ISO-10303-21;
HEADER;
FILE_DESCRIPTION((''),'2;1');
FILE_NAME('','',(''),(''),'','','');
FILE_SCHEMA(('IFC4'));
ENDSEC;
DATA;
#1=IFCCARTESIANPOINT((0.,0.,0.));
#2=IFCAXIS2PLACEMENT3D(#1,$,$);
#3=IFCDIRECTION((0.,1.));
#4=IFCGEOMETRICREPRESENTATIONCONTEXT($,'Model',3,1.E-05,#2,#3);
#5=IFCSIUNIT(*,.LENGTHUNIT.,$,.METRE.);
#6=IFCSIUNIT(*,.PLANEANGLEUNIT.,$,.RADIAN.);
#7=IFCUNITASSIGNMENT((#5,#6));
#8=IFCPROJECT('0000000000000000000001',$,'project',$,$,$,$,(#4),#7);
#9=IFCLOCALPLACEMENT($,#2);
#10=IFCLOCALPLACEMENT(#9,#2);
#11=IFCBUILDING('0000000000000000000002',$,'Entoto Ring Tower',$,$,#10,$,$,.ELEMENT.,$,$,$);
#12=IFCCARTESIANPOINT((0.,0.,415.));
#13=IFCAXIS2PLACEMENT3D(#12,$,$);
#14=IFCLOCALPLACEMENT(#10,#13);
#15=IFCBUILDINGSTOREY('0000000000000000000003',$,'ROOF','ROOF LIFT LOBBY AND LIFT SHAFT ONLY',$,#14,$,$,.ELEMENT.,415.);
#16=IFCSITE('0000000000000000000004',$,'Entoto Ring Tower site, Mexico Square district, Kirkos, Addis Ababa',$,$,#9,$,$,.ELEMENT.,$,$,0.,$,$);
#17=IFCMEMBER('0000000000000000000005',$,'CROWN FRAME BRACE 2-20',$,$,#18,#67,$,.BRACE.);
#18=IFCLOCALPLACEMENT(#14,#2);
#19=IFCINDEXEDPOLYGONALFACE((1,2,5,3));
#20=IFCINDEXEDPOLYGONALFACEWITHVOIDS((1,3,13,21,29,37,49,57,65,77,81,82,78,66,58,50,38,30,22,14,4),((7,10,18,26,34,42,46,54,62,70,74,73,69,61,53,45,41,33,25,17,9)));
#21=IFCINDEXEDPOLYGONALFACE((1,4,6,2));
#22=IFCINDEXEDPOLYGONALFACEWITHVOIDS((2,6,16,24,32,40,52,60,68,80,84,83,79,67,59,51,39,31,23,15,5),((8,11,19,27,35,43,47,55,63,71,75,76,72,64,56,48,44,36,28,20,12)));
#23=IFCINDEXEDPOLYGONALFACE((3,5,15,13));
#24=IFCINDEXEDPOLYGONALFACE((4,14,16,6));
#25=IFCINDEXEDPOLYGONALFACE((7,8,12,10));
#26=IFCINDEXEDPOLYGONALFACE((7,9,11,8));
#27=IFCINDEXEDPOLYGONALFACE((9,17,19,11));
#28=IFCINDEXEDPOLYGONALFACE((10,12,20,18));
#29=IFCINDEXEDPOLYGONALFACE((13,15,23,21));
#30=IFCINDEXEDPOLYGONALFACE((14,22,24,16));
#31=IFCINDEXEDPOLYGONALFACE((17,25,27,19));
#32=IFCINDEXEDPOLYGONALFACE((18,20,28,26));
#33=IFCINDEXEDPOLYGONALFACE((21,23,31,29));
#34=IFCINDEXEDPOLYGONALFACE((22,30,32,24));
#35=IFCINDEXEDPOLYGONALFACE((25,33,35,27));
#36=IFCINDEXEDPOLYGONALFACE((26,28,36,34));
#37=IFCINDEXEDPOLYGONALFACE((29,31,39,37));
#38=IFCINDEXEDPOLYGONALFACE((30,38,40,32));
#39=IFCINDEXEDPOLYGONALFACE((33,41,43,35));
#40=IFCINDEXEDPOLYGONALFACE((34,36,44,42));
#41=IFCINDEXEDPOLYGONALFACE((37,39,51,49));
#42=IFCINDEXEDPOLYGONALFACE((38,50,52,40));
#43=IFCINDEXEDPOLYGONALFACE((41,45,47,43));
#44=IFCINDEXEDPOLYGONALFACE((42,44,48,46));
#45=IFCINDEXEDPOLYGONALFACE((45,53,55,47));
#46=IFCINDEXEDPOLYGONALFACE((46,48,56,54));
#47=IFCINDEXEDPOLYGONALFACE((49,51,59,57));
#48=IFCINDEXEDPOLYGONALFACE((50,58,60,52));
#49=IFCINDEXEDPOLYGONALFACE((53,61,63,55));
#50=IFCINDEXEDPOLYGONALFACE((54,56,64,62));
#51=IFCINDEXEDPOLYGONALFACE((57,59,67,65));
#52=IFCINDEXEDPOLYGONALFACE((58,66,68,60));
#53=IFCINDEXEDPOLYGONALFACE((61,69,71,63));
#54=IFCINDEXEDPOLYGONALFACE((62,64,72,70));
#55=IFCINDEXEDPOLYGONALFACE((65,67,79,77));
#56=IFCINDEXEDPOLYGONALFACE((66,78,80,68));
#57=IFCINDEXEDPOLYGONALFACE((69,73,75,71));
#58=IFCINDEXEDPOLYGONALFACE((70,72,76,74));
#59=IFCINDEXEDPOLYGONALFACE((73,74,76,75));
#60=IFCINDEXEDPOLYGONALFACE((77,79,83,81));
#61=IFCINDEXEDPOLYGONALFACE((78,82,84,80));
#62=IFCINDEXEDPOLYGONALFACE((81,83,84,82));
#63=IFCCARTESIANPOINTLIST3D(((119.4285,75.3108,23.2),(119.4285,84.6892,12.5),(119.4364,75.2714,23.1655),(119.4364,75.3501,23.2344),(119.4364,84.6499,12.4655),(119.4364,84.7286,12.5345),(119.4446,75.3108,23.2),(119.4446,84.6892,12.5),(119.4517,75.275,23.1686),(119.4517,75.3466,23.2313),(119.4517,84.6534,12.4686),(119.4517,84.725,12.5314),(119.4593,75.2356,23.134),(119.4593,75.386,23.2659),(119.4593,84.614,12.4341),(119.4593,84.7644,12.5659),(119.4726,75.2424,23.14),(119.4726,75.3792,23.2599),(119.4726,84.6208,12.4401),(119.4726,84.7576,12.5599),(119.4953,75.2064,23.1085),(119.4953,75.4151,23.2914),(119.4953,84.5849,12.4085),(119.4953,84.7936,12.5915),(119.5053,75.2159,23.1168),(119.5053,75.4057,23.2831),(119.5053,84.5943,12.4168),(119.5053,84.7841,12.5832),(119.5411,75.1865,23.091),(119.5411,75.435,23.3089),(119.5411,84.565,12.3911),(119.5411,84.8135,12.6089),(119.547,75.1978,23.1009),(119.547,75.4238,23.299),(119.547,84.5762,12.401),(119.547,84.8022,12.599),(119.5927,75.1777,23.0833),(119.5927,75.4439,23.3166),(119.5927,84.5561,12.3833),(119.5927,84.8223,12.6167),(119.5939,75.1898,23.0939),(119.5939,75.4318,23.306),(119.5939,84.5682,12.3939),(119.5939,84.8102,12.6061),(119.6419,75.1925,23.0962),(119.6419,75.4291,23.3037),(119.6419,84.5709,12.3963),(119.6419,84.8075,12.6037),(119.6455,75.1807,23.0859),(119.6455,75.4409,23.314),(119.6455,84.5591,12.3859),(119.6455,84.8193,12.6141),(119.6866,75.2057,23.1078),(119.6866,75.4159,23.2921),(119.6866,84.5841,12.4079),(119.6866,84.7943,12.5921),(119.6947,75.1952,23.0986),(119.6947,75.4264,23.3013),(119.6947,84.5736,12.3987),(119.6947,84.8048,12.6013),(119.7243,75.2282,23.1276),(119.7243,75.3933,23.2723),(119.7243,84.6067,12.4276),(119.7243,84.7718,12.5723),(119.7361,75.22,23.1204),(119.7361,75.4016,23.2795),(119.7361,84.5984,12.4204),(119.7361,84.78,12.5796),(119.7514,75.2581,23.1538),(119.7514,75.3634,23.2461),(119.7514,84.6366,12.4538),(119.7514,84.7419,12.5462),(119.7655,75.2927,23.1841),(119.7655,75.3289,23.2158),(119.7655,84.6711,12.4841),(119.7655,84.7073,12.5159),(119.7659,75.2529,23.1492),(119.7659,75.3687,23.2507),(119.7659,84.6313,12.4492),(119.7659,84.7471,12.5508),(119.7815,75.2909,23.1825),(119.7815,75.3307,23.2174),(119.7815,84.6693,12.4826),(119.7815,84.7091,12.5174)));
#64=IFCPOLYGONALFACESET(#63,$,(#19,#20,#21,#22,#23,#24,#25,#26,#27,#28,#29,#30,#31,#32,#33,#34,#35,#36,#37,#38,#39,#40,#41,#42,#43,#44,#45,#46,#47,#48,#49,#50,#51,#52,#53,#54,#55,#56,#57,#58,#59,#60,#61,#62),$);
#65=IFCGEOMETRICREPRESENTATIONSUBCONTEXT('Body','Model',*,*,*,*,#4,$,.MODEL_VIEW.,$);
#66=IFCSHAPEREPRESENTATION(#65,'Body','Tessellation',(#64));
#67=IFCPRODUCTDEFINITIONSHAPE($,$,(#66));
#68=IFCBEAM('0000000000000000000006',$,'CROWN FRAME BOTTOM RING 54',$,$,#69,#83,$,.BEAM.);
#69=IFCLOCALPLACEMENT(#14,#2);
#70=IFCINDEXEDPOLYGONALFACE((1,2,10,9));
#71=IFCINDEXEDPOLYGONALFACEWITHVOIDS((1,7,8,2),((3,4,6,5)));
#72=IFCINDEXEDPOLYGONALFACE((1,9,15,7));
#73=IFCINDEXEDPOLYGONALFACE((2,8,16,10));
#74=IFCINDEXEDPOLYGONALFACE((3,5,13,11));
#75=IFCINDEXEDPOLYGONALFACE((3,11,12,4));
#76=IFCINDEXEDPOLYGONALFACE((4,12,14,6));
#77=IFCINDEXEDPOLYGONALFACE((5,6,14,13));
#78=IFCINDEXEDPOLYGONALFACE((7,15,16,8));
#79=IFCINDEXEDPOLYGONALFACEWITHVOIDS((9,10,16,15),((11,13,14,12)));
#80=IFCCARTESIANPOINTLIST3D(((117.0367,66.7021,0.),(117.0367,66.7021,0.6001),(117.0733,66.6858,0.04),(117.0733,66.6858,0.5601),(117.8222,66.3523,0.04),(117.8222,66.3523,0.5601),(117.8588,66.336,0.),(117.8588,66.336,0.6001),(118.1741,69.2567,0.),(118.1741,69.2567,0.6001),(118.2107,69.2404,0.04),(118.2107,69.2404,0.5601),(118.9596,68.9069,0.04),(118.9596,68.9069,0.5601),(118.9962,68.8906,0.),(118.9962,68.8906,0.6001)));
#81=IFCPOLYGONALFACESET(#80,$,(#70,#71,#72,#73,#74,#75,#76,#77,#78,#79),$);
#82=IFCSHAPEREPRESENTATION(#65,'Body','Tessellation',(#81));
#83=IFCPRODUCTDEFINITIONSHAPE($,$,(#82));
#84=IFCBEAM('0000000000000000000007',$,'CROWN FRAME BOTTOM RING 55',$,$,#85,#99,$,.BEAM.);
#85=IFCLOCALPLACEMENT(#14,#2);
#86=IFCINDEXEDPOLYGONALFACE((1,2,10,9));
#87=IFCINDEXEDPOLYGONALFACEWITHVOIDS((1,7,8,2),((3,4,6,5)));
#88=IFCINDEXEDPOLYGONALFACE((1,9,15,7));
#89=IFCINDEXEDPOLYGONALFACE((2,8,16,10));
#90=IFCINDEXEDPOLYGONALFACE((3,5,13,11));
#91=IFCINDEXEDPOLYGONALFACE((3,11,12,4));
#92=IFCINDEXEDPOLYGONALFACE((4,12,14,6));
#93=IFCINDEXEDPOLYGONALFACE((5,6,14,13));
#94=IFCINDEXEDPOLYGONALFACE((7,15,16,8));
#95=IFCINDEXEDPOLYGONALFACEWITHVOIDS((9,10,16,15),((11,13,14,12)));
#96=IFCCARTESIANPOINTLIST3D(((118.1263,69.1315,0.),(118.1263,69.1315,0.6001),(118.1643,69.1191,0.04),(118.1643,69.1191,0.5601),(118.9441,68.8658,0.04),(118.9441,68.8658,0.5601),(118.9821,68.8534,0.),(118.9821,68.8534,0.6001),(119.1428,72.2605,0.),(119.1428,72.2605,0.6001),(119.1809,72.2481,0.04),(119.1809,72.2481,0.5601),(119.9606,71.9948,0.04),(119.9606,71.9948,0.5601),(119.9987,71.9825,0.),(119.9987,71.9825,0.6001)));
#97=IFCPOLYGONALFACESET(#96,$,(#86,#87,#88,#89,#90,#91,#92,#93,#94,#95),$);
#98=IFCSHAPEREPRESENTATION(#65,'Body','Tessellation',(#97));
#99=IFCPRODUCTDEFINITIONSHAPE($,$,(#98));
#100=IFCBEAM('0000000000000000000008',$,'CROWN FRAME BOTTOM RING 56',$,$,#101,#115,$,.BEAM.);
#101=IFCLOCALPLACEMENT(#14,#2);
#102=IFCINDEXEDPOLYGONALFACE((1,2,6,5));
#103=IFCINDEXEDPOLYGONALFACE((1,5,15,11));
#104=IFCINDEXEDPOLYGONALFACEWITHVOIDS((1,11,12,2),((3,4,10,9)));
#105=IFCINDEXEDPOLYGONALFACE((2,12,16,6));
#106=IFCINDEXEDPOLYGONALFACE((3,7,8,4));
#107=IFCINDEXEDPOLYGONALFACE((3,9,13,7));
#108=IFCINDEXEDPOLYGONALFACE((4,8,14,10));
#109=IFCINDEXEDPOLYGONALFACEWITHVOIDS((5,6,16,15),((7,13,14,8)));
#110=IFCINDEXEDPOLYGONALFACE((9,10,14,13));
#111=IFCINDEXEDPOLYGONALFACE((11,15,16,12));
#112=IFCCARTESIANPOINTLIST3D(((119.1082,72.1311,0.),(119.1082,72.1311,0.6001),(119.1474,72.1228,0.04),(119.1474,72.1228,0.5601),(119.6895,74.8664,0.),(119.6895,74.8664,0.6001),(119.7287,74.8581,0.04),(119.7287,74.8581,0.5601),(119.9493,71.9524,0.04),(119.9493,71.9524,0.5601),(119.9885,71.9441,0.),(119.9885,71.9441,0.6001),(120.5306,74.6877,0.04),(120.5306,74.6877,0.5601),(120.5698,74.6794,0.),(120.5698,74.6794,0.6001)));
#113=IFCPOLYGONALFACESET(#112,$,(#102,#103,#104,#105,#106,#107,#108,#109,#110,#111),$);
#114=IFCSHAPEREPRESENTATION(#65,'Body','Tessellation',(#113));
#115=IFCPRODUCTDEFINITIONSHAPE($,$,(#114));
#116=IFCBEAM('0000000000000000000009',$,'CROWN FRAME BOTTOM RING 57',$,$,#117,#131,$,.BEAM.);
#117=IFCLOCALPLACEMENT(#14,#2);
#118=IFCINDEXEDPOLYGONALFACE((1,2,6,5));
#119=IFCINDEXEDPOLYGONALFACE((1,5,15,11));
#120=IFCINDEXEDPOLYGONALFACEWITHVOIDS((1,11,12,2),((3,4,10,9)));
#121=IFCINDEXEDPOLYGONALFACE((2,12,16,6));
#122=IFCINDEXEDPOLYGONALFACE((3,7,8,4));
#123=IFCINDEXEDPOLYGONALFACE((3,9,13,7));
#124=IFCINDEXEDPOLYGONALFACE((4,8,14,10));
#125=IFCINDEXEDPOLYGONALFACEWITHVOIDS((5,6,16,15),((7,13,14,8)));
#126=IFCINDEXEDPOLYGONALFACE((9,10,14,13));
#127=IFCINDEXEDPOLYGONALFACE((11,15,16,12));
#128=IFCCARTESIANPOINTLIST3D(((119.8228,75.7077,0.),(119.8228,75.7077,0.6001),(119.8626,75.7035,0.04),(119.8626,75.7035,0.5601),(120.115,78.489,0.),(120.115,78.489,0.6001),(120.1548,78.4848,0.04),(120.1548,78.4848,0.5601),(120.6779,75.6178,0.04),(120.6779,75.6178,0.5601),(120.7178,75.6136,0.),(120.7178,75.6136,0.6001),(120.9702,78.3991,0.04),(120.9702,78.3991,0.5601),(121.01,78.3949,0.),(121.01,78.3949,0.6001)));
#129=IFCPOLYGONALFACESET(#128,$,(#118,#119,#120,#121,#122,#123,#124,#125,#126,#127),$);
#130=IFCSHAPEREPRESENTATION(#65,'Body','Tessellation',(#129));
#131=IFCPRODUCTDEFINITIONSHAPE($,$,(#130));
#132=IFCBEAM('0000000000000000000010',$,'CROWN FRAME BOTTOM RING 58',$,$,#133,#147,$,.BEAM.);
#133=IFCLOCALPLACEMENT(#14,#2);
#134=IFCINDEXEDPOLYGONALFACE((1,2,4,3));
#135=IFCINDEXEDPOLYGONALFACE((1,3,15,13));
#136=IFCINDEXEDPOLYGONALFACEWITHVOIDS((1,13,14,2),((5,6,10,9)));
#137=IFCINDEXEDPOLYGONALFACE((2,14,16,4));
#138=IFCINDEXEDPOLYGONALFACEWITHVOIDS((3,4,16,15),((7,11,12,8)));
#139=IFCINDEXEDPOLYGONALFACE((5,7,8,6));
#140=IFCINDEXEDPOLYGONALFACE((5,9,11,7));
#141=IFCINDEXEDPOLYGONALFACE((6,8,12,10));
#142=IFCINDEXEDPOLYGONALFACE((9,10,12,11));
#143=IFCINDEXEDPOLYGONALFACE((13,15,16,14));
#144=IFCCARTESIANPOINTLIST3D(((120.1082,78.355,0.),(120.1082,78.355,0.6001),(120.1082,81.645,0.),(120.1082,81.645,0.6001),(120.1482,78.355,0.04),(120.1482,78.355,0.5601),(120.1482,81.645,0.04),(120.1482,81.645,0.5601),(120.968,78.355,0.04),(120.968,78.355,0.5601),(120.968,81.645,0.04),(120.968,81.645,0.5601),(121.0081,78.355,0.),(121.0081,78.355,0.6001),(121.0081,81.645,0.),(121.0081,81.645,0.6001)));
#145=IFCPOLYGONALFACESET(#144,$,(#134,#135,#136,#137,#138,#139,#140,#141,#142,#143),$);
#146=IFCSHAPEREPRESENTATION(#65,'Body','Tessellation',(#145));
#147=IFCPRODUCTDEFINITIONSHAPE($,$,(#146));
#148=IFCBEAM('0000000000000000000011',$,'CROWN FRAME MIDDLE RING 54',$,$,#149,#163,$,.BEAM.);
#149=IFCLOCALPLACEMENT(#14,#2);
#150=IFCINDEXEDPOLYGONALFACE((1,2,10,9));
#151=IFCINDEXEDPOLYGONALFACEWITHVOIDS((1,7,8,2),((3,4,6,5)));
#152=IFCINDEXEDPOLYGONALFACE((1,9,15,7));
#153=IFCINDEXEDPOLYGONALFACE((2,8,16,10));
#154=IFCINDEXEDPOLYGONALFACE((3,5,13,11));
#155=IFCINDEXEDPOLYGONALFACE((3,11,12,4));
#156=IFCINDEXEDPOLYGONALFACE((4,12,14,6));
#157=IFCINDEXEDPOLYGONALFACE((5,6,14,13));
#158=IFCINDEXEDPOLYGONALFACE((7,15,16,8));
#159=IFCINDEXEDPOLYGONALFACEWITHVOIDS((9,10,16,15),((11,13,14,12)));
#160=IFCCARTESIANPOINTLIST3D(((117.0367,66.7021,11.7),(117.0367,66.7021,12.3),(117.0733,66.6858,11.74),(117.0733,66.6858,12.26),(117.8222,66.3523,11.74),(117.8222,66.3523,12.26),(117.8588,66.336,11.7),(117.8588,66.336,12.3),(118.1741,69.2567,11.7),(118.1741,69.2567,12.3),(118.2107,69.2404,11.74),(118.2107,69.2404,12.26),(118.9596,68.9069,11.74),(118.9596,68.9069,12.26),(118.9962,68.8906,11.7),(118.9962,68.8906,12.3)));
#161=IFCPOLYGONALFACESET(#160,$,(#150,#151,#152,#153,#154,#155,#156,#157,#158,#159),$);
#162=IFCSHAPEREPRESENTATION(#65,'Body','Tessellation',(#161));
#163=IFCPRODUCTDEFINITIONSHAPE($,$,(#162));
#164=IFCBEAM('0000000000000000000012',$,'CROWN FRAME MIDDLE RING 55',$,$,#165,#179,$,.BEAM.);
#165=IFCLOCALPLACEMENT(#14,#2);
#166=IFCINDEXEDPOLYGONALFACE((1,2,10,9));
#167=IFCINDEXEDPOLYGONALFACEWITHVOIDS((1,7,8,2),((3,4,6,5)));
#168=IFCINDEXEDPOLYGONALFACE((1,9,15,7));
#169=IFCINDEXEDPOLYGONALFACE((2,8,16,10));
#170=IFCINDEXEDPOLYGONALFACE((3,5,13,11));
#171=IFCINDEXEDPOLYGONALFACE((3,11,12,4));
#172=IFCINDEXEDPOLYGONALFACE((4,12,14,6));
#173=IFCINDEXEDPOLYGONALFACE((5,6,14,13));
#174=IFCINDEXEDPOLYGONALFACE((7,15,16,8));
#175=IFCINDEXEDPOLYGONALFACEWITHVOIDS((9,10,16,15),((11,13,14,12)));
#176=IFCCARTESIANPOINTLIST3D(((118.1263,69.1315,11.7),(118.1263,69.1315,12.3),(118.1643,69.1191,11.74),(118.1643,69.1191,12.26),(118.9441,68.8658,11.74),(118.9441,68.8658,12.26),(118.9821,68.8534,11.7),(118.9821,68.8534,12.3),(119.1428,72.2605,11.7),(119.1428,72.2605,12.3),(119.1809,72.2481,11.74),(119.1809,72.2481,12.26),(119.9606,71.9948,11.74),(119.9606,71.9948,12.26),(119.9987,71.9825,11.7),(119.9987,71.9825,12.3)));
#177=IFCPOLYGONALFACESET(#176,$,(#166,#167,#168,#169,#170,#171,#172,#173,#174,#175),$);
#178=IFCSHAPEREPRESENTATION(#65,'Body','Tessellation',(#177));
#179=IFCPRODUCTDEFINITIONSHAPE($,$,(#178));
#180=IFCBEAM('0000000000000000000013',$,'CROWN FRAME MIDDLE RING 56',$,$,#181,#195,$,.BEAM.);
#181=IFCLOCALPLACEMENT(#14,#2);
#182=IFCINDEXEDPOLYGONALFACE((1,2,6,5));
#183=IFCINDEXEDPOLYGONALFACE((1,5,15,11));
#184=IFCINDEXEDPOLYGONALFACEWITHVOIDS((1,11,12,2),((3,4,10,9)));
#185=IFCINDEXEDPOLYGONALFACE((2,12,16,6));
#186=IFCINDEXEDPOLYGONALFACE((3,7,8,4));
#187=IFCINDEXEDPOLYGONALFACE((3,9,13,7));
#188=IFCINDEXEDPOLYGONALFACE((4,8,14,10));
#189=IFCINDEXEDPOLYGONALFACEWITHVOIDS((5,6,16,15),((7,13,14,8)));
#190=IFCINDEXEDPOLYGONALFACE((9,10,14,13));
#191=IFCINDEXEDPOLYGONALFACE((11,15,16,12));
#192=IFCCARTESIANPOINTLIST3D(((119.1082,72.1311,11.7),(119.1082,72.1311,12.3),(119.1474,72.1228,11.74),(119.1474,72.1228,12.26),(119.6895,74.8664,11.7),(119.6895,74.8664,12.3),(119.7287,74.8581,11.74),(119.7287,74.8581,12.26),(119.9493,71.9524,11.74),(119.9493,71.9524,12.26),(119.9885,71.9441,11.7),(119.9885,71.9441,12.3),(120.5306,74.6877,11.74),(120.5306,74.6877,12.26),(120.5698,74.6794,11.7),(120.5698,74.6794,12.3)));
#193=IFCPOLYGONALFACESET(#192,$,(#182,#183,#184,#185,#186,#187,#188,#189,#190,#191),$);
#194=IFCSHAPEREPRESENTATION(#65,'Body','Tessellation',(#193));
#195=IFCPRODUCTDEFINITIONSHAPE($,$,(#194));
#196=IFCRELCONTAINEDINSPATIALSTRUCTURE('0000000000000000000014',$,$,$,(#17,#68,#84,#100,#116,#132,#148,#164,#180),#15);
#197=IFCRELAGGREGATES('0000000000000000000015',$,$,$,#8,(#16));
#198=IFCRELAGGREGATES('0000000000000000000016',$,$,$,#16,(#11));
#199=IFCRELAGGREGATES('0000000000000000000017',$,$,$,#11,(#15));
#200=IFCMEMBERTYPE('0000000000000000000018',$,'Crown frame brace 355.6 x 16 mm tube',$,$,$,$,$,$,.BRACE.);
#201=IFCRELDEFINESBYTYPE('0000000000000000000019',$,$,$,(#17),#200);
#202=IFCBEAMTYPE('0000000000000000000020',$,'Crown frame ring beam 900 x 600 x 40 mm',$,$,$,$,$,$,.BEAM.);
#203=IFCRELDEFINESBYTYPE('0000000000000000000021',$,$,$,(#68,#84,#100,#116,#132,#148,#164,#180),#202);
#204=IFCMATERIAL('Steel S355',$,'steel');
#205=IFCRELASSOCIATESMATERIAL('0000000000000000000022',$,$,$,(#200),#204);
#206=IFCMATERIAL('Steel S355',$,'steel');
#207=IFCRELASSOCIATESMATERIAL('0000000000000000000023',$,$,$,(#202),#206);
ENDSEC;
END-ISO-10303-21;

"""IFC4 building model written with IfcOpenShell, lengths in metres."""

from ifc_helpers import new_model, si_unit, direction, frame, origin, origin_2d, place, context, subcontext, project, spatial, hollow_rectangle, hollow_circle, extrude, material, material_profile, profile_set, type_object, element, save


model = new_model("IFC4")

# Units and contexts
model_context = context("Model", 3, precision=1e-05, world=origin(), true_north=direction((0.0, 1.0)))
body_context = subcontext(model_context, "Body", "Model", "MODEL_VIEW")
ifc_project = project(units=[si_unit("LENGTHUNIT", "METRE"), si_unit("PLANEANGLEUNIT", "RADIAN")], contexts=[model_context])

# Site, building, storey
site_placement = place(None, origin())
site = spatial("IfcSite", under=ifc_project, at=site_placement, Name="Entoto Ring Tower site, Mexico Square district, Kirkos, Addis Ababa", CompositionType="ELEMENT", RefElevation=0.0)
building_placement = place(site_placement, origin())
building = spatial("IfcBuilding", under=site, at=building_placement, Name="Entoto Ring Tower", CompositionType="ELEMENT")
storey_placement = place(building_placement, frame((0.0, 0.0, 415.0)))
storey = spatial("IfcBuildingStorey", under=building, at=storey_placement, Name="ROOF", Description="ROOF LIFT LOBBY AND LIFT SHAFT ONLY", CompositionType="ELEMENT", Elevation=415.0)

# Member
ifc_material_1 = material(Name="Steel S355", Category="steel")
ifc_material_profile_1 = material_profile(ifc_material_1, hollow_circle(Radius=0.1775, WallThickness=0.0161, at=origin_2d()), Name="Crown frame brace 355.6 x 16 mm tube")
ifc_profile_set_1 = profile_set([ifc_material_profile_1], Name="Steel S355")
member_type_1 = type_object("IfcMemberType", Name="Crown frame brace 355.6 x 16 mm tube", PredefinedType="BRACE", material=ifc_profile_set_1)
member_1_placement = place(storey_placement, frame((119.606, 75.3108, 23.2), z_axis=(0.0, 0.65914, -0.752021), x_axis=(-1.0, 0.0, 0.0)))
element("IfcMember", 1, at=member_1_placement, inside=storey, type_object=member_type_1, Name="CROWN FRAME BRACE 2-20", PredefinedType="BRACE", context=body_context, shape_type="SweptSolid", body=[
    extrude(hollow_circle(Radius=0.1775, WallThickness=0.0161, at=origin_2d()), origin(), (0.0, 0.0, 1.0), 14.2283),
])

# Beams
ifc_material_2 = material(Name="Steel S355", Category="steel")
ifc_material_profile_2 = material_profile(ifc_material_2, hollow_rectangle(XDim=0.8999, YDim=0.6001, WallThickness=0.04, at=origin_2d()), Name="Crown frame ring beam 900 x 600 x 40 mm")
ifc_profile_set_2 = profile_set([ifc_material_profile_2], Name="Steel S355")
beam_type_1 = type_object("IfcBeamType", Name="Crown frame ring beam 900 x 600 x 40 mm", PredefinedType="BEAM", material=ifc_profile_set_2)
beam_1_placement = place(storey_placement, frame((117.4478, 66.519, 0.3), z_axis=(0.406746, 0.913541, 0.0), x_axis=(-0.913541, 0.406746, 0.0)))
element("IfcBeam", 2, at=beam_1_placement, inside=storey, type_object=beam_type_1, Name="CROWN FRAME BOTTOM RING 54", PredefinedType="BEAM", context=body_context, shape_type="SweptSolid", body=[
    extrude(hollow_rectangle(XDim=0.8999, YDim=0.6001, WallThickness=0.04, at=origin_2d()), origin(), (0.0, 0.0, 1.0), 2.7964),
])
beam_2_placement = place(storey_placement, frame((118.5542, 68.9924, 0.3), z_axis=(0.308984, 0.951067, 0.0), x_axis=(-0.951067, 0.308984, 0.0)))
element("IfcBeam", 3, at=beam_2_placement, inside=storey, type_object=beam_type_1, Name="CROWN FRAME BOTTOM RING 55", PredefinedType="BEAM", context=body_context, shape_type="SweptSolid", body=[
    extrude(hollow_rectangle(XDim=0.8999, YDim=0.6001, WallThickness=0.04, at=origin_2d()), origin(), (0.0, 0.0, 1.0), 3.29),
])
beam_3_placement = place(storey_placement, frame((119.5483, 72.0376, 0.3), z_axis=(0.207871, 0.978156, 0.0), x_axis=(-0.978156, 0.207871, 0.0)))
element("IfcBeam", 4, at=beam_3_placement, inside=storey, type_object=beam_type_1, Name="CROWN FRAME BOTTOM RING 56", PredefinedType="BEAM", context=body_context, shape_type="SweptSolid", body=[
    extrude(hollow_rectangle(XDim=0.8999, YDim=0.6001, WallThickness=0.04, at=origin_2d()), origin(), (0.0, 0.0, 1.0), 2.7964),
])
beam_4_placement = place(storey_placement, frame((120.2703, 75.6606, 0.3), z_axis=(0.104498, 0.994525, 0.0), x_axis=(-0.994525, 0.104498, 0.0)))
element("IfcBeam", 5, at=beam_4_placement, inside=storey, type_object=beam_type_1, Name="CROWN FRAME BOTTOM RING 57", PredefinedType="BEAM", context=body_context, shape_type="SweptSolid", body=[
    extrude(hollow_rectangle(XDim=0.8999, YDim=0.6001, WallThickness=0.04, at=origin_2d()), origin(), (0.0, 0.0, 1.0), 2.7966),
])
beam_5_placement = place(storey_placement, frame((120.5581, 78.355, 0.3), z_axis=(0.0, 1.0, 0.0), x_axis=(-1.0, 0.0, 0.0)))
element("IfcBeam", 6, at=beam_5_placement, inside=storey, type_object=beam_type_1, Name="CROWN FRAME BOTTOM RING 58", PredefinedType="BEAM", context=body_context, shape_type="SweptSolid", body=[
    extrude(hollow_rectangle(XDim=0.8999, YDim=0.6001, WallThickness=0.04, at=origin_2d()), origin(), (0.0, 0.0, 1.0), 3.29),
])
beam_6_placement = place(storey_placement, frame((117.4478, 66.519, 12.0), z_axis=(0.406746, 0.913541, 0.0), x_axis=(-0.913541, 0.406746, 0.0)))
element("IfcBeam", 7, at=beam_6_placement, inside=storey, type_object=beam_type_1, Name="CROWN FRAME MIDDLE RING 54", PredefinedType="BEAM", context=body_context, shape_type="SweptSolid", body=[
    extrude(hollow_rectangle(XDim=0.8999, YDim=0.6001, WallThickness=0.04, at=origin_2d()), origin(), (0.0, 0.0, 1.0), 2.7964),
])
beam_7_placement = place(storey_placement, frame((118.5542, 68.9924, 12.0), z_axis=(0.308984, 0.951067, 0.0), x_axis=(-0.951067, 0.308984, 0.0)))
element("IfcBeam", 8, at=beam_7_placement, inside=storey, type_object=beam_type_1, Name="CROWN FRAME MIDDLE RING 55", PredefinedType="BEAM", context=body_context, shape_type="SweptSolid", body=[
    extrude(hollow_rectangle(XDim=0.8999, YDim=0.6001, WallThickness=0.04, at=origin_2d()), origin(), (0.0, 0.0, 1.0), 3.29),
])
beam_8_placement = place(storey_placement, frame((119.5483, 72.0376, 12.0), z_axis=(0.207871, 0.978156, 0.0), x_axis=(-0.978156, 0.207871, 0.0)))
element("IfcBeam", 9, at=beam_8_placement, inside=storey, type_object=beam_type_1, Name="CROWN FRAME MIDDLE RING 56", PredefinedType="BEAM", context=body_context, shape_type="SweptSolid", body=[
    extrude(hollow_rectangle(XDim=0.8999, YDim=0.6001, WallThickness=0.04, at=origin_2d()), origin(), (0.0, 0.0, 1.0), 2.7964),
])

save(model, "model.ifc")
